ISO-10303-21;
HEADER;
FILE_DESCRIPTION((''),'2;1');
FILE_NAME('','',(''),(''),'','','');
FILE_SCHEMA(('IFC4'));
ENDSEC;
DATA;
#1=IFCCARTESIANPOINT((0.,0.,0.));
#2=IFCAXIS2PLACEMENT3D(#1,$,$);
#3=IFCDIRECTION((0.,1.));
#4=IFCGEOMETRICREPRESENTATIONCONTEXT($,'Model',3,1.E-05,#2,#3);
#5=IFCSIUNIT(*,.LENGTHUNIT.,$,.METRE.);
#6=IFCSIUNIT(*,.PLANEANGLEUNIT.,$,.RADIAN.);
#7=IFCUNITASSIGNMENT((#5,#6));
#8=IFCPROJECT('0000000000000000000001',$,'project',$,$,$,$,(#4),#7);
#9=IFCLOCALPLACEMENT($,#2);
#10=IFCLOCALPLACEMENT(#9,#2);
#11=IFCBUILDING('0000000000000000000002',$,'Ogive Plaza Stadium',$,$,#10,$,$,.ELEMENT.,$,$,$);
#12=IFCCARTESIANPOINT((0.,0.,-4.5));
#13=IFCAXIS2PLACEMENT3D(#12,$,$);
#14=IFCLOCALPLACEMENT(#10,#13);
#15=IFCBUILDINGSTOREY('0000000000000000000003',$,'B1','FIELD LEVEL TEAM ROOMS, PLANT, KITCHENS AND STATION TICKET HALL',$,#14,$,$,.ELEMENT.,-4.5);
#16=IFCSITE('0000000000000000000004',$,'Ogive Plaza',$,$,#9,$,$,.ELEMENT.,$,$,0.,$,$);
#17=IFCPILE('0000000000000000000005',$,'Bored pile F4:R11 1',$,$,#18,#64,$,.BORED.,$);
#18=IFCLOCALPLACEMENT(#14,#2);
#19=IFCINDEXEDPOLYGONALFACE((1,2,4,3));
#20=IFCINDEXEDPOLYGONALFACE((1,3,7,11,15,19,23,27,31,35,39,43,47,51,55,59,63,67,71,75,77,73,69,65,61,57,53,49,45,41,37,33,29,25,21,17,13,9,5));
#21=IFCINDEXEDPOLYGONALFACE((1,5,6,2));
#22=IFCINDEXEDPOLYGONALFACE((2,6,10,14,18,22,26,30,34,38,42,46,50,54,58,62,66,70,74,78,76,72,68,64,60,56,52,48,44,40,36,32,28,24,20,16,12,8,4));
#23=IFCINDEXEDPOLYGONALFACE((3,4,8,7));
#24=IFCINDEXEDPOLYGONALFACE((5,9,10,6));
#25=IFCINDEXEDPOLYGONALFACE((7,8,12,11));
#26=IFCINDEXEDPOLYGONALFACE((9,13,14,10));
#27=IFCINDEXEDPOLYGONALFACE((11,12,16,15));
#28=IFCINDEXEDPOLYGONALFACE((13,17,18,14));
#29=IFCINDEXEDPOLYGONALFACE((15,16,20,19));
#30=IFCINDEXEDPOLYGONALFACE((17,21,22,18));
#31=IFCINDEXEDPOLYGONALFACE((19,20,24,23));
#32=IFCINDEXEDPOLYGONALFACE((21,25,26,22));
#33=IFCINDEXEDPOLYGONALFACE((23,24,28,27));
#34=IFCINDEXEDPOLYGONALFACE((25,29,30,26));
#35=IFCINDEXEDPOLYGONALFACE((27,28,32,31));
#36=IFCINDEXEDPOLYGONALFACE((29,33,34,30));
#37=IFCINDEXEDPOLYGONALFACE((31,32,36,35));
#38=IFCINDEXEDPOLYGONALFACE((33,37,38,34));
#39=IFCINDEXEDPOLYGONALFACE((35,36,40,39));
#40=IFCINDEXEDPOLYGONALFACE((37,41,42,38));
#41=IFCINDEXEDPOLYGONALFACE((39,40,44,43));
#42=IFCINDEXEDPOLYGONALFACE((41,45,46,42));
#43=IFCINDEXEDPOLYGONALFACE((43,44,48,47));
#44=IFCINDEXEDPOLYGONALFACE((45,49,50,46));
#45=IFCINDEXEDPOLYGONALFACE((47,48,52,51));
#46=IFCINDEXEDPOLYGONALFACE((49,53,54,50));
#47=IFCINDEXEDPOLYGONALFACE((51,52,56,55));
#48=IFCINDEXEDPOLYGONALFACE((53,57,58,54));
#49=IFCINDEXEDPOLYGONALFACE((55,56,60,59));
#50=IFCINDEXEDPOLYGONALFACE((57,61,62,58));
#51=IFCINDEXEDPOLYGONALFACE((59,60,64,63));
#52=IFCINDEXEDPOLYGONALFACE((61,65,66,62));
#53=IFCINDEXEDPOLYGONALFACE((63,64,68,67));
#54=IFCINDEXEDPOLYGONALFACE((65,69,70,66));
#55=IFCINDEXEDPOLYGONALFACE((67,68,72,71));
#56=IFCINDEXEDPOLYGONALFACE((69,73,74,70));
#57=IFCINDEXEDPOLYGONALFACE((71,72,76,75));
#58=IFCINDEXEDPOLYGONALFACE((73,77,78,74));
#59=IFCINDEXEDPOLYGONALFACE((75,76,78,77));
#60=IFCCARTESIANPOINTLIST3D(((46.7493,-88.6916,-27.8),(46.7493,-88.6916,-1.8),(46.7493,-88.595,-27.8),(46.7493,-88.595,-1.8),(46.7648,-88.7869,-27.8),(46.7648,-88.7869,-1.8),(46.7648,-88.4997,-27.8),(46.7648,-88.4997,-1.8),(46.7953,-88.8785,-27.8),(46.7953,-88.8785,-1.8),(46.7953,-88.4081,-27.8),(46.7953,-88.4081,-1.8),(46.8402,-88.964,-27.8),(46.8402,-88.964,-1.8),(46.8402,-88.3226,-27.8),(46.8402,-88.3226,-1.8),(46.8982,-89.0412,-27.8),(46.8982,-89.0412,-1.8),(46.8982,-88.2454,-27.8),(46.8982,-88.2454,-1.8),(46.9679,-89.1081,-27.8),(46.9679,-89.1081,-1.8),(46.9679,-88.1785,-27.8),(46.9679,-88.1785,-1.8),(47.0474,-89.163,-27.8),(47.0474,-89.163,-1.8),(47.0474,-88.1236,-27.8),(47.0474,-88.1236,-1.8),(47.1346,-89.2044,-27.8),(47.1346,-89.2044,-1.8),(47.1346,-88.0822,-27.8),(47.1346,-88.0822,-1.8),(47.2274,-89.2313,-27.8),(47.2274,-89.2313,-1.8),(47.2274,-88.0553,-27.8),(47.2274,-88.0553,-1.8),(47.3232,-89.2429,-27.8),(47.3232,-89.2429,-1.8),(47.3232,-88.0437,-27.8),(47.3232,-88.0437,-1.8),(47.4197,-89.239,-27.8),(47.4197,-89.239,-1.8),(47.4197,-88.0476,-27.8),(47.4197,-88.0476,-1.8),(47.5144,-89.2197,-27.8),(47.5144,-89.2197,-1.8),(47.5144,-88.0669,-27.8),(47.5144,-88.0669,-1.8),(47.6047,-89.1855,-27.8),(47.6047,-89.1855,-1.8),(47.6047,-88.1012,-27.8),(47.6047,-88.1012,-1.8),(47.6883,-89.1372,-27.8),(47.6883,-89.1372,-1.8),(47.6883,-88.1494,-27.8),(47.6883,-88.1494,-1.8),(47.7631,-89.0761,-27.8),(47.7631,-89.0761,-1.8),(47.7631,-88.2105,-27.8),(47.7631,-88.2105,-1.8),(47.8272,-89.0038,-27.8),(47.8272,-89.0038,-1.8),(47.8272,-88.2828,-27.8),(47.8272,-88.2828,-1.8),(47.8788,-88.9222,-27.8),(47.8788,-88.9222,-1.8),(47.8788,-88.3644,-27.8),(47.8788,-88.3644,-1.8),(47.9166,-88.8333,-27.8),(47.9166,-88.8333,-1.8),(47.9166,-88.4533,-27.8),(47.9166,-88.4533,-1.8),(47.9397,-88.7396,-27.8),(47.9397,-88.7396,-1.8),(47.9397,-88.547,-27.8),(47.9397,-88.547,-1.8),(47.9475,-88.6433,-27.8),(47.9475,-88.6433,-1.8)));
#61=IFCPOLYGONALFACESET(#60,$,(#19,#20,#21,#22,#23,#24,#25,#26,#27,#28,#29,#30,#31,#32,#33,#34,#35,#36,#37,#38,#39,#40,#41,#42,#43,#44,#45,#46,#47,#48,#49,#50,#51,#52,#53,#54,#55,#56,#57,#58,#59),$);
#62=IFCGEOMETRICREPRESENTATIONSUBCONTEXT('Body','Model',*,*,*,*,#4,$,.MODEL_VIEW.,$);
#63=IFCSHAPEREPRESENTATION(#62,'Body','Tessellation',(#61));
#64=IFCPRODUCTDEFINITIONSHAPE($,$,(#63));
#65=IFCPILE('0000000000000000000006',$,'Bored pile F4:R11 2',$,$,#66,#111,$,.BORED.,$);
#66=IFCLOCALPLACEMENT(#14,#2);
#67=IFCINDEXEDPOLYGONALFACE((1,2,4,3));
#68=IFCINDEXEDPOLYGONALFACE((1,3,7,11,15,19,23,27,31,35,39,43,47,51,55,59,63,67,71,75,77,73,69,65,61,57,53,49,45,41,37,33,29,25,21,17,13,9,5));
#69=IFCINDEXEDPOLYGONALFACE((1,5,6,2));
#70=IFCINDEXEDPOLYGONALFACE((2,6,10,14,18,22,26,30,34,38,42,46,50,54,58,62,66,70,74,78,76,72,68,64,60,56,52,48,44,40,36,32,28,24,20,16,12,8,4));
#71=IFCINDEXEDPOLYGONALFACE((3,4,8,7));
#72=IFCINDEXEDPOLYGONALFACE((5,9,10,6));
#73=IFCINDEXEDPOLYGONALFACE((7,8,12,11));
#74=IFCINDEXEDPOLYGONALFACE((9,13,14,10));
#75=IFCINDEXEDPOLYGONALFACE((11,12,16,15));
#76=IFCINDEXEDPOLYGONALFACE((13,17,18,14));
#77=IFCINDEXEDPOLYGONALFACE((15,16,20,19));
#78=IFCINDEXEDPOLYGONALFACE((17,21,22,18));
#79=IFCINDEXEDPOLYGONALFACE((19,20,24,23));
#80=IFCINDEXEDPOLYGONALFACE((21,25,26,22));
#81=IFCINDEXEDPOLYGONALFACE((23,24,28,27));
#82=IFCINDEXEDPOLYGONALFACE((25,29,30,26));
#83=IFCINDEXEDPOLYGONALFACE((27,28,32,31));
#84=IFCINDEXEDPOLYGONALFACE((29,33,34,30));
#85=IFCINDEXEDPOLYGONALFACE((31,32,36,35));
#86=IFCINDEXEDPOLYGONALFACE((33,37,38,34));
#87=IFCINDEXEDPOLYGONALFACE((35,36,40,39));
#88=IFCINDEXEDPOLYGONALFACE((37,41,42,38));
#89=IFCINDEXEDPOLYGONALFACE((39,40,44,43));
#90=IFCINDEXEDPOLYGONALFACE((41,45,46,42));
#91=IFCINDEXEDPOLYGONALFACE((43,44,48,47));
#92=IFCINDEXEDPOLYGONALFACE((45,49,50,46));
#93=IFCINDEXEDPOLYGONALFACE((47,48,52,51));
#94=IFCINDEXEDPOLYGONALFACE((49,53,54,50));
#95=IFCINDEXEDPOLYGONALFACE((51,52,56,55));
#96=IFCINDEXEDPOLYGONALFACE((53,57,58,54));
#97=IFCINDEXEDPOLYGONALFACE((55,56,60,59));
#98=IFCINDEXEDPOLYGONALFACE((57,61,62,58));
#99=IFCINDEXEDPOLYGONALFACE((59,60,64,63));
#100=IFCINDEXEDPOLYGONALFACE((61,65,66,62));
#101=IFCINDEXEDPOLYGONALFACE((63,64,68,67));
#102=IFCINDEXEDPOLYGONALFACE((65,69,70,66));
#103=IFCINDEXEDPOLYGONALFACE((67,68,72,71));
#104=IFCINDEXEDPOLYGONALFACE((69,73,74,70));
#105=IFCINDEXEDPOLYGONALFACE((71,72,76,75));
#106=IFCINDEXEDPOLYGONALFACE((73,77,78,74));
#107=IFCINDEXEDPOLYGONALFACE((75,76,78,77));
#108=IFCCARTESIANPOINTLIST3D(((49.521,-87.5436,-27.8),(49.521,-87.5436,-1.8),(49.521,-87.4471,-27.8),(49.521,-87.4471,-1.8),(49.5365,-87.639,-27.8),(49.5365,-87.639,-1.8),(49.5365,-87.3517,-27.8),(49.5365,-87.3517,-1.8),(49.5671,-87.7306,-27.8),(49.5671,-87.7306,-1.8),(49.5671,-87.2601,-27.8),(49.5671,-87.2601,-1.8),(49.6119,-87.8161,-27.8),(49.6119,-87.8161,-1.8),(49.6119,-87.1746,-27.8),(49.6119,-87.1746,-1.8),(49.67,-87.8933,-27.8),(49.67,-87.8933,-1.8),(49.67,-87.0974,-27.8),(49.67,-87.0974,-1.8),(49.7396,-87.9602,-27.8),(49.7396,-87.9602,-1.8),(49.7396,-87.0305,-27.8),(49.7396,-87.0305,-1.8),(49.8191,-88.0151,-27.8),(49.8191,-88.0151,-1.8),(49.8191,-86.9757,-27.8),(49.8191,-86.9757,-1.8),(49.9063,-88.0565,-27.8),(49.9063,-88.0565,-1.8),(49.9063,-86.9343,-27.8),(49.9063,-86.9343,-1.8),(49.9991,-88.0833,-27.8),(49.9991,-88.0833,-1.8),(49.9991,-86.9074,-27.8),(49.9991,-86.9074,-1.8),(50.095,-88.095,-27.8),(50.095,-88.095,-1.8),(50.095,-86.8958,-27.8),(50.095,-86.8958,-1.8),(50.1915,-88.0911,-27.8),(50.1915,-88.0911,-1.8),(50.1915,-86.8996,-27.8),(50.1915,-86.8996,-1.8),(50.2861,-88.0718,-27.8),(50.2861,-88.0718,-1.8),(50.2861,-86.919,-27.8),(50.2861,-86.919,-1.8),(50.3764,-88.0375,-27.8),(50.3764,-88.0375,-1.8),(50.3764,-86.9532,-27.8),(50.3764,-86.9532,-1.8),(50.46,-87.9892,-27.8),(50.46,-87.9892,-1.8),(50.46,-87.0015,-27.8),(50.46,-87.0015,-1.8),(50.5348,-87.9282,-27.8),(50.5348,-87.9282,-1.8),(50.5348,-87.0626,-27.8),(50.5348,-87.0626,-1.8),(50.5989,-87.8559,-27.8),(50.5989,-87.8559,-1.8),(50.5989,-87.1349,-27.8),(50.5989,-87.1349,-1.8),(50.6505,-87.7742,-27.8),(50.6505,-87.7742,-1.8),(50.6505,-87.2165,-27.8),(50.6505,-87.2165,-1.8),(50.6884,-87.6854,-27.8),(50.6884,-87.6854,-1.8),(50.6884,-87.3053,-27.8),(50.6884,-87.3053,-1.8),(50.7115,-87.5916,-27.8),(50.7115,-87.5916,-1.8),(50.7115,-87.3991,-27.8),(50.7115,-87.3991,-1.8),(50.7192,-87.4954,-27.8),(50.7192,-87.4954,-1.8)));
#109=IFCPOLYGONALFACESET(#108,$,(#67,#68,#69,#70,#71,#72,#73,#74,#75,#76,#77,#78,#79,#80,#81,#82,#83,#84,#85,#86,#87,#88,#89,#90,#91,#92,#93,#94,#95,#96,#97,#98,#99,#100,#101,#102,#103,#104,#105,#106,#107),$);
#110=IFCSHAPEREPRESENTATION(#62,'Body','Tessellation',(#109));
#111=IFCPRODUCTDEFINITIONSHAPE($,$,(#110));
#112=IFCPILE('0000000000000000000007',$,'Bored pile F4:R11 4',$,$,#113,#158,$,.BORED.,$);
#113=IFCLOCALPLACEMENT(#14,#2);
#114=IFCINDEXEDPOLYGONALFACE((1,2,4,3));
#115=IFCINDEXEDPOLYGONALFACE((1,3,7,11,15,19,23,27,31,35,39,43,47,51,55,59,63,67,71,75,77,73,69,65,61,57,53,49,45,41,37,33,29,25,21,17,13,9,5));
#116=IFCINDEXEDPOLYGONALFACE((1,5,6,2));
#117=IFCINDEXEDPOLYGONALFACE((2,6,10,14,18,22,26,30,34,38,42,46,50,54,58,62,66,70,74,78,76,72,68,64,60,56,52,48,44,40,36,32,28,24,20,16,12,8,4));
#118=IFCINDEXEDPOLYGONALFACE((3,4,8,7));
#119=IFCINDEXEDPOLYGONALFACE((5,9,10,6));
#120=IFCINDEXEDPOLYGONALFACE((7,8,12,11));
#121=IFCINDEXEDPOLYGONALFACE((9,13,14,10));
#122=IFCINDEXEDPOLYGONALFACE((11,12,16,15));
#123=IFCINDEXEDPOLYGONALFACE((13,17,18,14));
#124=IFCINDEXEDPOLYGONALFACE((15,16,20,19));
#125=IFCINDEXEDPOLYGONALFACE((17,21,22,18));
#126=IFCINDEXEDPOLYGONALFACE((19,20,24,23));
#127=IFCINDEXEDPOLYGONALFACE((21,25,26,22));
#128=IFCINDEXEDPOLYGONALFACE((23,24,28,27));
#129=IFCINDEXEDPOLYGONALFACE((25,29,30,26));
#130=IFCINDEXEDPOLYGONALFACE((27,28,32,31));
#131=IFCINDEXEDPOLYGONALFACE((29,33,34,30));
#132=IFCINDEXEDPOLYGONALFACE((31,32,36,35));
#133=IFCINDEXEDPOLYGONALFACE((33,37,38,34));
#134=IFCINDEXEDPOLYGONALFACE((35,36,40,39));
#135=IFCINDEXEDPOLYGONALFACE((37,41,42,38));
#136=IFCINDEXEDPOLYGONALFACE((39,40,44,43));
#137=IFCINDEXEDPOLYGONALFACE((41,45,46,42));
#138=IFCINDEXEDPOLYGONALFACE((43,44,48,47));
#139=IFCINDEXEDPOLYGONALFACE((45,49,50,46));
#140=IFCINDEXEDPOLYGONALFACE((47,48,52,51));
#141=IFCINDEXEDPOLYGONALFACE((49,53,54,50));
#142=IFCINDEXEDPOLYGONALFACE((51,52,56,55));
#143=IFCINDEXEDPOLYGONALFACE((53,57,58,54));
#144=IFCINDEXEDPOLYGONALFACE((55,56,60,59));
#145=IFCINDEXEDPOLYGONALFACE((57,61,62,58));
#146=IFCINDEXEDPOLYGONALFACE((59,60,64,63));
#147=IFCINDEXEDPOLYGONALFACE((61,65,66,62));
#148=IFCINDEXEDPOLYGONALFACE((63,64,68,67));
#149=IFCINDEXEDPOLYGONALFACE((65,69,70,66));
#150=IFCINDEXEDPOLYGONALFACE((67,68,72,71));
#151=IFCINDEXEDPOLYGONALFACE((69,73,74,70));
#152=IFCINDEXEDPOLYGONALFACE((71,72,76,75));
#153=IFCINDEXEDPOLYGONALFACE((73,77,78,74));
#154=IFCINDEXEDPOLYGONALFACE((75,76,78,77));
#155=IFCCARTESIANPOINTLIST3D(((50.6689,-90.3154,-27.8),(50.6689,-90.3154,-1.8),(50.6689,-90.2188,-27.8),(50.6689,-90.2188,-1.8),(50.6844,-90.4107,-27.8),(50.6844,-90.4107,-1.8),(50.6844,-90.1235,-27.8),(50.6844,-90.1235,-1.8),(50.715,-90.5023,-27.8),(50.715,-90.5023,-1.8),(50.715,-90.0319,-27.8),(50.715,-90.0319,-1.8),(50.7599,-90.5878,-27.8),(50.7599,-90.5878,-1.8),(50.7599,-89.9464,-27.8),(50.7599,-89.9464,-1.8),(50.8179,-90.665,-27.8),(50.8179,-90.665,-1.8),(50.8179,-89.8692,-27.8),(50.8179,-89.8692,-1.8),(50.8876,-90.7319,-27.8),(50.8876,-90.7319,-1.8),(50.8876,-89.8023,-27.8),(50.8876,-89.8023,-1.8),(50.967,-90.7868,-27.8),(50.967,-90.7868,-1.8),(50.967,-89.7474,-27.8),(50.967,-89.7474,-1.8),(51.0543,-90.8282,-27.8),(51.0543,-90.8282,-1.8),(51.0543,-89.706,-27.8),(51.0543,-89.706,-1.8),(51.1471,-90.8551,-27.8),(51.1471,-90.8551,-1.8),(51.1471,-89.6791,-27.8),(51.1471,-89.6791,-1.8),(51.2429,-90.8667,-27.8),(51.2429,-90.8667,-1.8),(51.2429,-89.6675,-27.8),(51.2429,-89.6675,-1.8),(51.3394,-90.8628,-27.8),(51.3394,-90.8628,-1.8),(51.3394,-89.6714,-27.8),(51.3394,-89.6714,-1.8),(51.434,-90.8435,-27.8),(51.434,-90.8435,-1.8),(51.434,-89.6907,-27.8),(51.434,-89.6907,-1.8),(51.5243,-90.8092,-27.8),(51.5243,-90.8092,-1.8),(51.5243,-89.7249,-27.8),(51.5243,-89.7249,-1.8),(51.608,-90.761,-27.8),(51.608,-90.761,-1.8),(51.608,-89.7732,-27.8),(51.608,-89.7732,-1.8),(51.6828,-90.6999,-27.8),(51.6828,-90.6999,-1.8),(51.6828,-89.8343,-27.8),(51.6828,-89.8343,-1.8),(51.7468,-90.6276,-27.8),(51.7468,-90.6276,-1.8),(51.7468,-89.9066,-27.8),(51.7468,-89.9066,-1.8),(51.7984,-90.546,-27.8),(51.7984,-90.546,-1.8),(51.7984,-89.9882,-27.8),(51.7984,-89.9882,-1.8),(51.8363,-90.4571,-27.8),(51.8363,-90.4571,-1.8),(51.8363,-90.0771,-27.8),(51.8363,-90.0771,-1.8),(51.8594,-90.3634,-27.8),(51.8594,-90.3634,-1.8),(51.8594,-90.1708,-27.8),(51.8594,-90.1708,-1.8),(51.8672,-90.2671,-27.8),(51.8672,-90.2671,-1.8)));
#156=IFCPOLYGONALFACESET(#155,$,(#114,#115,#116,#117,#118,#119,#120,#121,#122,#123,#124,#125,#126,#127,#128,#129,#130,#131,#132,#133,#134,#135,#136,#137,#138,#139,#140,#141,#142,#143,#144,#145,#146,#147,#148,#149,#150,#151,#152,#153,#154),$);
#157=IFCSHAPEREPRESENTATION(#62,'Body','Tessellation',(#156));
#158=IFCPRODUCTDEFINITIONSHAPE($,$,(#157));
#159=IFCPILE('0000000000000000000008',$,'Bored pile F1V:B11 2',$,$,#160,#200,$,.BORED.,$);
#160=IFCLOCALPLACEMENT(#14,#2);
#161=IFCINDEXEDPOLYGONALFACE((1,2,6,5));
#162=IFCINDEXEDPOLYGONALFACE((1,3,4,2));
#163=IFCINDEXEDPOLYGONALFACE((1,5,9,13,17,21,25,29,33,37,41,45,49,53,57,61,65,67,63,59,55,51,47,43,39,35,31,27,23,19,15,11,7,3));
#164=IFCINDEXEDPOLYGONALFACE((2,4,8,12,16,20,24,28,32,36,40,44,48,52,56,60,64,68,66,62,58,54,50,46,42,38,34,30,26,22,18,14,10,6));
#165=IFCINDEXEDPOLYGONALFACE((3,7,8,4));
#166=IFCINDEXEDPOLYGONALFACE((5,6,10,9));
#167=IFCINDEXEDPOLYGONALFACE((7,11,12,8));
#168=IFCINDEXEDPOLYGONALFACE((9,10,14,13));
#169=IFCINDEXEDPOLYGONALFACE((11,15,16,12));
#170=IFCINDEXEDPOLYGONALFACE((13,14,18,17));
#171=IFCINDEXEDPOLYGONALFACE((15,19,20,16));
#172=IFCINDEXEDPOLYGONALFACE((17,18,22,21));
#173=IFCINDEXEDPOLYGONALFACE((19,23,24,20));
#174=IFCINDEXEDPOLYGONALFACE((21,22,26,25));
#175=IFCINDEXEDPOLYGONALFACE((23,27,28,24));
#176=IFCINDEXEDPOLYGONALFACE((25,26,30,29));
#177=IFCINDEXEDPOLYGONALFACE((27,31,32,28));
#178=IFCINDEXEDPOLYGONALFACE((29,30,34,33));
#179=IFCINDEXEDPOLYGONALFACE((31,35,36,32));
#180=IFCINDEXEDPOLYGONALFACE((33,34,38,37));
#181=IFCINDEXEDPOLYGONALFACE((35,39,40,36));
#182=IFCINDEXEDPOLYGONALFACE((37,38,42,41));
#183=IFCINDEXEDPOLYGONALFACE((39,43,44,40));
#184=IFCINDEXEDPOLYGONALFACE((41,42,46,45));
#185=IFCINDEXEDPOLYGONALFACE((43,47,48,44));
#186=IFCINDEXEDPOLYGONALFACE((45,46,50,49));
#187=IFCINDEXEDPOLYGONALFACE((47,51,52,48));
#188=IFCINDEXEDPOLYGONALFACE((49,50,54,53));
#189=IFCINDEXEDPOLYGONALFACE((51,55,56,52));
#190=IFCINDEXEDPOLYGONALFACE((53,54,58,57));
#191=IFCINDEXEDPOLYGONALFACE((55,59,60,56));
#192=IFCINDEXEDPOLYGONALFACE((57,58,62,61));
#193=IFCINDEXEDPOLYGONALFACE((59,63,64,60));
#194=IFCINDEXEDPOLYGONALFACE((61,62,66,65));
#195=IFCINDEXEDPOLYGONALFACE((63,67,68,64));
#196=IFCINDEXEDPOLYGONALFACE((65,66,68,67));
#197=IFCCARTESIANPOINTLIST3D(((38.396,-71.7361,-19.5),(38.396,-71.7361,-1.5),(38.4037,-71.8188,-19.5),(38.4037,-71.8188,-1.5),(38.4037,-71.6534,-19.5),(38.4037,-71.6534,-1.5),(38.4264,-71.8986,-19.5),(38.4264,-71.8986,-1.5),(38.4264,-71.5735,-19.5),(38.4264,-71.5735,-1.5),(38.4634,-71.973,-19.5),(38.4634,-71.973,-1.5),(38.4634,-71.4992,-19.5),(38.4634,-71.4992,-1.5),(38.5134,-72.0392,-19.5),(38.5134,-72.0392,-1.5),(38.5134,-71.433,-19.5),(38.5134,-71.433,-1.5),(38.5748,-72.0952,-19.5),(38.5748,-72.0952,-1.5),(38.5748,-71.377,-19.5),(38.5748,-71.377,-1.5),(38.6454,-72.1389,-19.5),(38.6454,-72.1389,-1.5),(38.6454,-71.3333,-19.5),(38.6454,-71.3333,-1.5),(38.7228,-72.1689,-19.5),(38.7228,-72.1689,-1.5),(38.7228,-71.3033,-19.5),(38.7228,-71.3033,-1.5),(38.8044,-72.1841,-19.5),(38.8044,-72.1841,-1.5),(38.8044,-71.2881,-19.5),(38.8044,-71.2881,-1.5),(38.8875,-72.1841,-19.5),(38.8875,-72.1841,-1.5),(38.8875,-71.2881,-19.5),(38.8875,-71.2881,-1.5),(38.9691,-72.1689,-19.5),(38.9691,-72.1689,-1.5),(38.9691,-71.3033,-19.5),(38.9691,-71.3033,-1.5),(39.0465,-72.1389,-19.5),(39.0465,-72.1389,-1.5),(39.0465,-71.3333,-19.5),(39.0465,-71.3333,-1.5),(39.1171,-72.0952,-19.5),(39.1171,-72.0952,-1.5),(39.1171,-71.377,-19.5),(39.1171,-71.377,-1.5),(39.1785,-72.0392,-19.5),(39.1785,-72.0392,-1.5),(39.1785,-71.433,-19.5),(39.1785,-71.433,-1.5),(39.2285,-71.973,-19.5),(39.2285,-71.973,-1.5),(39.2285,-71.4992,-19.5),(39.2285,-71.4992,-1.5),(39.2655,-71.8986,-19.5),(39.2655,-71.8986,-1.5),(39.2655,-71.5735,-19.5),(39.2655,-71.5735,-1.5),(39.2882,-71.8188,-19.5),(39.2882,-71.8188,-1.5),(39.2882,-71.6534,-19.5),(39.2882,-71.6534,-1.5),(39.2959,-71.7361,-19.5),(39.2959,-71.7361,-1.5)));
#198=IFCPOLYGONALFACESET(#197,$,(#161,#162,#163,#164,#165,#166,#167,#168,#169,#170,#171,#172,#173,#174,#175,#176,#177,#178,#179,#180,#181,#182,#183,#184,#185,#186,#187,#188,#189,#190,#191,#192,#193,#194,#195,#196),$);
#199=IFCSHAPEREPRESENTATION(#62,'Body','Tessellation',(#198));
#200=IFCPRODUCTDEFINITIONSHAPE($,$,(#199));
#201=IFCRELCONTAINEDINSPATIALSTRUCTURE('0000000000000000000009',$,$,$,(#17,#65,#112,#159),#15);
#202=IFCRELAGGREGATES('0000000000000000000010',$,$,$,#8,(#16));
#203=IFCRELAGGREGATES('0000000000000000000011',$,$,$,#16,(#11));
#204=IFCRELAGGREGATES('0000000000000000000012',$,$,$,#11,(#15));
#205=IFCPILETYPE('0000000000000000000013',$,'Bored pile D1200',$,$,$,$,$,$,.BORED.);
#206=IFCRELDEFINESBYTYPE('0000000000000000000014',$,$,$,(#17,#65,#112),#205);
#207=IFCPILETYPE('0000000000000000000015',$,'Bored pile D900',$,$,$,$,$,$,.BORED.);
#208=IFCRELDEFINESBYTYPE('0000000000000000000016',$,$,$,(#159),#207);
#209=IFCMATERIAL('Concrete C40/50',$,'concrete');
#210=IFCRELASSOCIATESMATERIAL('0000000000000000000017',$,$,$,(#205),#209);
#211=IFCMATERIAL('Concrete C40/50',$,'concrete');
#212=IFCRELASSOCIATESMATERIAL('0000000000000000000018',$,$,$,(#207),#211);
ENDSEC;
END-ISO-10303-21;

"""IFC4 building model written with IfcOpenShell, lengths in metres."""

from ifc_helpers import new_model, si_unit, direction, frame, origin, origin_2d, place, context, subcontext, project, spatial, circle, extrude, material, material_profile, profile_set, type_object, element, save


model = new_model("IFC4")

# Units and contexts
model_context = context("Model", 3, precision=1e-05, world=origin(), true_north=direction((0.0, 1.0)))
body_context = subcontext(model_context, "Body", "Model", "MODEL_VIEW")
ifc_project = project(units=[si_unit("LENGTHUNIT", "METRE"), si_unit("PLANEANGLEUNIT", "RADIAN")], contexts=[model_context])

# Site, building, storey
site_placement = place(None, origin())
site = spatial("IfcSite", under=ifc_project, at=site_placement, Name="Ogive Plaza", CompositionType="ELEMENT", RefElevation=0.0)
building_placement = place(site_placement, origin())
building = spatial("IfcBuilding", under=site, at=building_placement, Name="Ogive Plaza Stadium", CompositionType="ELEMENT")
storey_placement = place(building_placement, frame((0.0, 0.0, -4.5)))
storey = spatial("IfcBuildingStorey", under=building, at=storey_placement, Name="B1", Description="FIELD LEVEL TEAM ROOMS, PLANT, KITCHENS AND STATION TICKET HALL", CompositionType="ELEMENT", Elevation=-4.5)

# Piles
ifc_material_1 = material(Name="Concrete C40/50", Category="concrete")
ifc_material_profile_1 = material_profile(ifc_material_1, circle(Radius=0.6001, at=origin_2d()), Name="RC D1200")
ifc_profile_set_1 = profile_set([ifc_material_profile_1], Name="Concrete C40/50")
pile_type_1 = type_object("IfcPileType", Name="Bored pile D1200", PredefinedType="BORED", material=ifc_profile_set_1)
for number, where, z_axis, x_axis, name in (
    (1, (47.3474, -88.6433, -1.8), (0.0, 0.0, -1.0), (1.0, 0.0, 0.0), "Bored pile F4:R11 1"),
    (2, (50.1191, -87.4954, -1.8), (0.0, 0.0, -1.0), (1.0, 0.0, 0.0), "Bored pile F4:R11 2"),
    (3, (51.2671, -90.2671, -1.8), (0.0, 0.0, -1.0), (1.0, 0.0, 0.0), "Bored pile F4:R11 4"),
):
    element("IfcPile", number, at=place(storey_placement, frame(where, z_axis=z_axis, x_axis=x_axis)), inside=storey, type_object=pile_type_1, Name=name, PredefinedType="BORED", context=body_context, shape_type="SweptSolid", body=[
        extrude(circle(Radius=0.6001, at=origin_2d()), origin(), (0.0, 0.0, 1.0), 26.0),
    ])
ifc_material_2 = material(Name="Concrete C40/50", Category="concrete")
ifc_material_profile_2 = material_profile(ifc_material_2, circle(Radius=0.45, at=origin_2d()), Name="RC D900")
ifc_profile_set_2 = profile_set([ifc_material_profile_2], Name="Concrete C40/50")
pile_type_2 = type_object("IfcPileType", Name="Bored pile D900", PredefinedType="BORED", material=ifc_profile_set_2)
pile_placement = place(storey_placement, frame((38.8459, -71.7361, -1.5), z_axis=(0.0, 0.0, -1.0), x_axis=(1.0, 0.0, 0.0)))
element("IfcPile", 4, at=pile_placement, inside=storey, type_object=pile_type_2, Name="Bored pile F1V:B11 2", PredefinedType="BORED", context=body_context, shape_type="SweptSolid", body=[
    extrude(circle(Radius=0.45, at=origin_2d()), origin(), (0.0, 0.0, 1.0), 18.0),
])

save(model, "model.ifc")
